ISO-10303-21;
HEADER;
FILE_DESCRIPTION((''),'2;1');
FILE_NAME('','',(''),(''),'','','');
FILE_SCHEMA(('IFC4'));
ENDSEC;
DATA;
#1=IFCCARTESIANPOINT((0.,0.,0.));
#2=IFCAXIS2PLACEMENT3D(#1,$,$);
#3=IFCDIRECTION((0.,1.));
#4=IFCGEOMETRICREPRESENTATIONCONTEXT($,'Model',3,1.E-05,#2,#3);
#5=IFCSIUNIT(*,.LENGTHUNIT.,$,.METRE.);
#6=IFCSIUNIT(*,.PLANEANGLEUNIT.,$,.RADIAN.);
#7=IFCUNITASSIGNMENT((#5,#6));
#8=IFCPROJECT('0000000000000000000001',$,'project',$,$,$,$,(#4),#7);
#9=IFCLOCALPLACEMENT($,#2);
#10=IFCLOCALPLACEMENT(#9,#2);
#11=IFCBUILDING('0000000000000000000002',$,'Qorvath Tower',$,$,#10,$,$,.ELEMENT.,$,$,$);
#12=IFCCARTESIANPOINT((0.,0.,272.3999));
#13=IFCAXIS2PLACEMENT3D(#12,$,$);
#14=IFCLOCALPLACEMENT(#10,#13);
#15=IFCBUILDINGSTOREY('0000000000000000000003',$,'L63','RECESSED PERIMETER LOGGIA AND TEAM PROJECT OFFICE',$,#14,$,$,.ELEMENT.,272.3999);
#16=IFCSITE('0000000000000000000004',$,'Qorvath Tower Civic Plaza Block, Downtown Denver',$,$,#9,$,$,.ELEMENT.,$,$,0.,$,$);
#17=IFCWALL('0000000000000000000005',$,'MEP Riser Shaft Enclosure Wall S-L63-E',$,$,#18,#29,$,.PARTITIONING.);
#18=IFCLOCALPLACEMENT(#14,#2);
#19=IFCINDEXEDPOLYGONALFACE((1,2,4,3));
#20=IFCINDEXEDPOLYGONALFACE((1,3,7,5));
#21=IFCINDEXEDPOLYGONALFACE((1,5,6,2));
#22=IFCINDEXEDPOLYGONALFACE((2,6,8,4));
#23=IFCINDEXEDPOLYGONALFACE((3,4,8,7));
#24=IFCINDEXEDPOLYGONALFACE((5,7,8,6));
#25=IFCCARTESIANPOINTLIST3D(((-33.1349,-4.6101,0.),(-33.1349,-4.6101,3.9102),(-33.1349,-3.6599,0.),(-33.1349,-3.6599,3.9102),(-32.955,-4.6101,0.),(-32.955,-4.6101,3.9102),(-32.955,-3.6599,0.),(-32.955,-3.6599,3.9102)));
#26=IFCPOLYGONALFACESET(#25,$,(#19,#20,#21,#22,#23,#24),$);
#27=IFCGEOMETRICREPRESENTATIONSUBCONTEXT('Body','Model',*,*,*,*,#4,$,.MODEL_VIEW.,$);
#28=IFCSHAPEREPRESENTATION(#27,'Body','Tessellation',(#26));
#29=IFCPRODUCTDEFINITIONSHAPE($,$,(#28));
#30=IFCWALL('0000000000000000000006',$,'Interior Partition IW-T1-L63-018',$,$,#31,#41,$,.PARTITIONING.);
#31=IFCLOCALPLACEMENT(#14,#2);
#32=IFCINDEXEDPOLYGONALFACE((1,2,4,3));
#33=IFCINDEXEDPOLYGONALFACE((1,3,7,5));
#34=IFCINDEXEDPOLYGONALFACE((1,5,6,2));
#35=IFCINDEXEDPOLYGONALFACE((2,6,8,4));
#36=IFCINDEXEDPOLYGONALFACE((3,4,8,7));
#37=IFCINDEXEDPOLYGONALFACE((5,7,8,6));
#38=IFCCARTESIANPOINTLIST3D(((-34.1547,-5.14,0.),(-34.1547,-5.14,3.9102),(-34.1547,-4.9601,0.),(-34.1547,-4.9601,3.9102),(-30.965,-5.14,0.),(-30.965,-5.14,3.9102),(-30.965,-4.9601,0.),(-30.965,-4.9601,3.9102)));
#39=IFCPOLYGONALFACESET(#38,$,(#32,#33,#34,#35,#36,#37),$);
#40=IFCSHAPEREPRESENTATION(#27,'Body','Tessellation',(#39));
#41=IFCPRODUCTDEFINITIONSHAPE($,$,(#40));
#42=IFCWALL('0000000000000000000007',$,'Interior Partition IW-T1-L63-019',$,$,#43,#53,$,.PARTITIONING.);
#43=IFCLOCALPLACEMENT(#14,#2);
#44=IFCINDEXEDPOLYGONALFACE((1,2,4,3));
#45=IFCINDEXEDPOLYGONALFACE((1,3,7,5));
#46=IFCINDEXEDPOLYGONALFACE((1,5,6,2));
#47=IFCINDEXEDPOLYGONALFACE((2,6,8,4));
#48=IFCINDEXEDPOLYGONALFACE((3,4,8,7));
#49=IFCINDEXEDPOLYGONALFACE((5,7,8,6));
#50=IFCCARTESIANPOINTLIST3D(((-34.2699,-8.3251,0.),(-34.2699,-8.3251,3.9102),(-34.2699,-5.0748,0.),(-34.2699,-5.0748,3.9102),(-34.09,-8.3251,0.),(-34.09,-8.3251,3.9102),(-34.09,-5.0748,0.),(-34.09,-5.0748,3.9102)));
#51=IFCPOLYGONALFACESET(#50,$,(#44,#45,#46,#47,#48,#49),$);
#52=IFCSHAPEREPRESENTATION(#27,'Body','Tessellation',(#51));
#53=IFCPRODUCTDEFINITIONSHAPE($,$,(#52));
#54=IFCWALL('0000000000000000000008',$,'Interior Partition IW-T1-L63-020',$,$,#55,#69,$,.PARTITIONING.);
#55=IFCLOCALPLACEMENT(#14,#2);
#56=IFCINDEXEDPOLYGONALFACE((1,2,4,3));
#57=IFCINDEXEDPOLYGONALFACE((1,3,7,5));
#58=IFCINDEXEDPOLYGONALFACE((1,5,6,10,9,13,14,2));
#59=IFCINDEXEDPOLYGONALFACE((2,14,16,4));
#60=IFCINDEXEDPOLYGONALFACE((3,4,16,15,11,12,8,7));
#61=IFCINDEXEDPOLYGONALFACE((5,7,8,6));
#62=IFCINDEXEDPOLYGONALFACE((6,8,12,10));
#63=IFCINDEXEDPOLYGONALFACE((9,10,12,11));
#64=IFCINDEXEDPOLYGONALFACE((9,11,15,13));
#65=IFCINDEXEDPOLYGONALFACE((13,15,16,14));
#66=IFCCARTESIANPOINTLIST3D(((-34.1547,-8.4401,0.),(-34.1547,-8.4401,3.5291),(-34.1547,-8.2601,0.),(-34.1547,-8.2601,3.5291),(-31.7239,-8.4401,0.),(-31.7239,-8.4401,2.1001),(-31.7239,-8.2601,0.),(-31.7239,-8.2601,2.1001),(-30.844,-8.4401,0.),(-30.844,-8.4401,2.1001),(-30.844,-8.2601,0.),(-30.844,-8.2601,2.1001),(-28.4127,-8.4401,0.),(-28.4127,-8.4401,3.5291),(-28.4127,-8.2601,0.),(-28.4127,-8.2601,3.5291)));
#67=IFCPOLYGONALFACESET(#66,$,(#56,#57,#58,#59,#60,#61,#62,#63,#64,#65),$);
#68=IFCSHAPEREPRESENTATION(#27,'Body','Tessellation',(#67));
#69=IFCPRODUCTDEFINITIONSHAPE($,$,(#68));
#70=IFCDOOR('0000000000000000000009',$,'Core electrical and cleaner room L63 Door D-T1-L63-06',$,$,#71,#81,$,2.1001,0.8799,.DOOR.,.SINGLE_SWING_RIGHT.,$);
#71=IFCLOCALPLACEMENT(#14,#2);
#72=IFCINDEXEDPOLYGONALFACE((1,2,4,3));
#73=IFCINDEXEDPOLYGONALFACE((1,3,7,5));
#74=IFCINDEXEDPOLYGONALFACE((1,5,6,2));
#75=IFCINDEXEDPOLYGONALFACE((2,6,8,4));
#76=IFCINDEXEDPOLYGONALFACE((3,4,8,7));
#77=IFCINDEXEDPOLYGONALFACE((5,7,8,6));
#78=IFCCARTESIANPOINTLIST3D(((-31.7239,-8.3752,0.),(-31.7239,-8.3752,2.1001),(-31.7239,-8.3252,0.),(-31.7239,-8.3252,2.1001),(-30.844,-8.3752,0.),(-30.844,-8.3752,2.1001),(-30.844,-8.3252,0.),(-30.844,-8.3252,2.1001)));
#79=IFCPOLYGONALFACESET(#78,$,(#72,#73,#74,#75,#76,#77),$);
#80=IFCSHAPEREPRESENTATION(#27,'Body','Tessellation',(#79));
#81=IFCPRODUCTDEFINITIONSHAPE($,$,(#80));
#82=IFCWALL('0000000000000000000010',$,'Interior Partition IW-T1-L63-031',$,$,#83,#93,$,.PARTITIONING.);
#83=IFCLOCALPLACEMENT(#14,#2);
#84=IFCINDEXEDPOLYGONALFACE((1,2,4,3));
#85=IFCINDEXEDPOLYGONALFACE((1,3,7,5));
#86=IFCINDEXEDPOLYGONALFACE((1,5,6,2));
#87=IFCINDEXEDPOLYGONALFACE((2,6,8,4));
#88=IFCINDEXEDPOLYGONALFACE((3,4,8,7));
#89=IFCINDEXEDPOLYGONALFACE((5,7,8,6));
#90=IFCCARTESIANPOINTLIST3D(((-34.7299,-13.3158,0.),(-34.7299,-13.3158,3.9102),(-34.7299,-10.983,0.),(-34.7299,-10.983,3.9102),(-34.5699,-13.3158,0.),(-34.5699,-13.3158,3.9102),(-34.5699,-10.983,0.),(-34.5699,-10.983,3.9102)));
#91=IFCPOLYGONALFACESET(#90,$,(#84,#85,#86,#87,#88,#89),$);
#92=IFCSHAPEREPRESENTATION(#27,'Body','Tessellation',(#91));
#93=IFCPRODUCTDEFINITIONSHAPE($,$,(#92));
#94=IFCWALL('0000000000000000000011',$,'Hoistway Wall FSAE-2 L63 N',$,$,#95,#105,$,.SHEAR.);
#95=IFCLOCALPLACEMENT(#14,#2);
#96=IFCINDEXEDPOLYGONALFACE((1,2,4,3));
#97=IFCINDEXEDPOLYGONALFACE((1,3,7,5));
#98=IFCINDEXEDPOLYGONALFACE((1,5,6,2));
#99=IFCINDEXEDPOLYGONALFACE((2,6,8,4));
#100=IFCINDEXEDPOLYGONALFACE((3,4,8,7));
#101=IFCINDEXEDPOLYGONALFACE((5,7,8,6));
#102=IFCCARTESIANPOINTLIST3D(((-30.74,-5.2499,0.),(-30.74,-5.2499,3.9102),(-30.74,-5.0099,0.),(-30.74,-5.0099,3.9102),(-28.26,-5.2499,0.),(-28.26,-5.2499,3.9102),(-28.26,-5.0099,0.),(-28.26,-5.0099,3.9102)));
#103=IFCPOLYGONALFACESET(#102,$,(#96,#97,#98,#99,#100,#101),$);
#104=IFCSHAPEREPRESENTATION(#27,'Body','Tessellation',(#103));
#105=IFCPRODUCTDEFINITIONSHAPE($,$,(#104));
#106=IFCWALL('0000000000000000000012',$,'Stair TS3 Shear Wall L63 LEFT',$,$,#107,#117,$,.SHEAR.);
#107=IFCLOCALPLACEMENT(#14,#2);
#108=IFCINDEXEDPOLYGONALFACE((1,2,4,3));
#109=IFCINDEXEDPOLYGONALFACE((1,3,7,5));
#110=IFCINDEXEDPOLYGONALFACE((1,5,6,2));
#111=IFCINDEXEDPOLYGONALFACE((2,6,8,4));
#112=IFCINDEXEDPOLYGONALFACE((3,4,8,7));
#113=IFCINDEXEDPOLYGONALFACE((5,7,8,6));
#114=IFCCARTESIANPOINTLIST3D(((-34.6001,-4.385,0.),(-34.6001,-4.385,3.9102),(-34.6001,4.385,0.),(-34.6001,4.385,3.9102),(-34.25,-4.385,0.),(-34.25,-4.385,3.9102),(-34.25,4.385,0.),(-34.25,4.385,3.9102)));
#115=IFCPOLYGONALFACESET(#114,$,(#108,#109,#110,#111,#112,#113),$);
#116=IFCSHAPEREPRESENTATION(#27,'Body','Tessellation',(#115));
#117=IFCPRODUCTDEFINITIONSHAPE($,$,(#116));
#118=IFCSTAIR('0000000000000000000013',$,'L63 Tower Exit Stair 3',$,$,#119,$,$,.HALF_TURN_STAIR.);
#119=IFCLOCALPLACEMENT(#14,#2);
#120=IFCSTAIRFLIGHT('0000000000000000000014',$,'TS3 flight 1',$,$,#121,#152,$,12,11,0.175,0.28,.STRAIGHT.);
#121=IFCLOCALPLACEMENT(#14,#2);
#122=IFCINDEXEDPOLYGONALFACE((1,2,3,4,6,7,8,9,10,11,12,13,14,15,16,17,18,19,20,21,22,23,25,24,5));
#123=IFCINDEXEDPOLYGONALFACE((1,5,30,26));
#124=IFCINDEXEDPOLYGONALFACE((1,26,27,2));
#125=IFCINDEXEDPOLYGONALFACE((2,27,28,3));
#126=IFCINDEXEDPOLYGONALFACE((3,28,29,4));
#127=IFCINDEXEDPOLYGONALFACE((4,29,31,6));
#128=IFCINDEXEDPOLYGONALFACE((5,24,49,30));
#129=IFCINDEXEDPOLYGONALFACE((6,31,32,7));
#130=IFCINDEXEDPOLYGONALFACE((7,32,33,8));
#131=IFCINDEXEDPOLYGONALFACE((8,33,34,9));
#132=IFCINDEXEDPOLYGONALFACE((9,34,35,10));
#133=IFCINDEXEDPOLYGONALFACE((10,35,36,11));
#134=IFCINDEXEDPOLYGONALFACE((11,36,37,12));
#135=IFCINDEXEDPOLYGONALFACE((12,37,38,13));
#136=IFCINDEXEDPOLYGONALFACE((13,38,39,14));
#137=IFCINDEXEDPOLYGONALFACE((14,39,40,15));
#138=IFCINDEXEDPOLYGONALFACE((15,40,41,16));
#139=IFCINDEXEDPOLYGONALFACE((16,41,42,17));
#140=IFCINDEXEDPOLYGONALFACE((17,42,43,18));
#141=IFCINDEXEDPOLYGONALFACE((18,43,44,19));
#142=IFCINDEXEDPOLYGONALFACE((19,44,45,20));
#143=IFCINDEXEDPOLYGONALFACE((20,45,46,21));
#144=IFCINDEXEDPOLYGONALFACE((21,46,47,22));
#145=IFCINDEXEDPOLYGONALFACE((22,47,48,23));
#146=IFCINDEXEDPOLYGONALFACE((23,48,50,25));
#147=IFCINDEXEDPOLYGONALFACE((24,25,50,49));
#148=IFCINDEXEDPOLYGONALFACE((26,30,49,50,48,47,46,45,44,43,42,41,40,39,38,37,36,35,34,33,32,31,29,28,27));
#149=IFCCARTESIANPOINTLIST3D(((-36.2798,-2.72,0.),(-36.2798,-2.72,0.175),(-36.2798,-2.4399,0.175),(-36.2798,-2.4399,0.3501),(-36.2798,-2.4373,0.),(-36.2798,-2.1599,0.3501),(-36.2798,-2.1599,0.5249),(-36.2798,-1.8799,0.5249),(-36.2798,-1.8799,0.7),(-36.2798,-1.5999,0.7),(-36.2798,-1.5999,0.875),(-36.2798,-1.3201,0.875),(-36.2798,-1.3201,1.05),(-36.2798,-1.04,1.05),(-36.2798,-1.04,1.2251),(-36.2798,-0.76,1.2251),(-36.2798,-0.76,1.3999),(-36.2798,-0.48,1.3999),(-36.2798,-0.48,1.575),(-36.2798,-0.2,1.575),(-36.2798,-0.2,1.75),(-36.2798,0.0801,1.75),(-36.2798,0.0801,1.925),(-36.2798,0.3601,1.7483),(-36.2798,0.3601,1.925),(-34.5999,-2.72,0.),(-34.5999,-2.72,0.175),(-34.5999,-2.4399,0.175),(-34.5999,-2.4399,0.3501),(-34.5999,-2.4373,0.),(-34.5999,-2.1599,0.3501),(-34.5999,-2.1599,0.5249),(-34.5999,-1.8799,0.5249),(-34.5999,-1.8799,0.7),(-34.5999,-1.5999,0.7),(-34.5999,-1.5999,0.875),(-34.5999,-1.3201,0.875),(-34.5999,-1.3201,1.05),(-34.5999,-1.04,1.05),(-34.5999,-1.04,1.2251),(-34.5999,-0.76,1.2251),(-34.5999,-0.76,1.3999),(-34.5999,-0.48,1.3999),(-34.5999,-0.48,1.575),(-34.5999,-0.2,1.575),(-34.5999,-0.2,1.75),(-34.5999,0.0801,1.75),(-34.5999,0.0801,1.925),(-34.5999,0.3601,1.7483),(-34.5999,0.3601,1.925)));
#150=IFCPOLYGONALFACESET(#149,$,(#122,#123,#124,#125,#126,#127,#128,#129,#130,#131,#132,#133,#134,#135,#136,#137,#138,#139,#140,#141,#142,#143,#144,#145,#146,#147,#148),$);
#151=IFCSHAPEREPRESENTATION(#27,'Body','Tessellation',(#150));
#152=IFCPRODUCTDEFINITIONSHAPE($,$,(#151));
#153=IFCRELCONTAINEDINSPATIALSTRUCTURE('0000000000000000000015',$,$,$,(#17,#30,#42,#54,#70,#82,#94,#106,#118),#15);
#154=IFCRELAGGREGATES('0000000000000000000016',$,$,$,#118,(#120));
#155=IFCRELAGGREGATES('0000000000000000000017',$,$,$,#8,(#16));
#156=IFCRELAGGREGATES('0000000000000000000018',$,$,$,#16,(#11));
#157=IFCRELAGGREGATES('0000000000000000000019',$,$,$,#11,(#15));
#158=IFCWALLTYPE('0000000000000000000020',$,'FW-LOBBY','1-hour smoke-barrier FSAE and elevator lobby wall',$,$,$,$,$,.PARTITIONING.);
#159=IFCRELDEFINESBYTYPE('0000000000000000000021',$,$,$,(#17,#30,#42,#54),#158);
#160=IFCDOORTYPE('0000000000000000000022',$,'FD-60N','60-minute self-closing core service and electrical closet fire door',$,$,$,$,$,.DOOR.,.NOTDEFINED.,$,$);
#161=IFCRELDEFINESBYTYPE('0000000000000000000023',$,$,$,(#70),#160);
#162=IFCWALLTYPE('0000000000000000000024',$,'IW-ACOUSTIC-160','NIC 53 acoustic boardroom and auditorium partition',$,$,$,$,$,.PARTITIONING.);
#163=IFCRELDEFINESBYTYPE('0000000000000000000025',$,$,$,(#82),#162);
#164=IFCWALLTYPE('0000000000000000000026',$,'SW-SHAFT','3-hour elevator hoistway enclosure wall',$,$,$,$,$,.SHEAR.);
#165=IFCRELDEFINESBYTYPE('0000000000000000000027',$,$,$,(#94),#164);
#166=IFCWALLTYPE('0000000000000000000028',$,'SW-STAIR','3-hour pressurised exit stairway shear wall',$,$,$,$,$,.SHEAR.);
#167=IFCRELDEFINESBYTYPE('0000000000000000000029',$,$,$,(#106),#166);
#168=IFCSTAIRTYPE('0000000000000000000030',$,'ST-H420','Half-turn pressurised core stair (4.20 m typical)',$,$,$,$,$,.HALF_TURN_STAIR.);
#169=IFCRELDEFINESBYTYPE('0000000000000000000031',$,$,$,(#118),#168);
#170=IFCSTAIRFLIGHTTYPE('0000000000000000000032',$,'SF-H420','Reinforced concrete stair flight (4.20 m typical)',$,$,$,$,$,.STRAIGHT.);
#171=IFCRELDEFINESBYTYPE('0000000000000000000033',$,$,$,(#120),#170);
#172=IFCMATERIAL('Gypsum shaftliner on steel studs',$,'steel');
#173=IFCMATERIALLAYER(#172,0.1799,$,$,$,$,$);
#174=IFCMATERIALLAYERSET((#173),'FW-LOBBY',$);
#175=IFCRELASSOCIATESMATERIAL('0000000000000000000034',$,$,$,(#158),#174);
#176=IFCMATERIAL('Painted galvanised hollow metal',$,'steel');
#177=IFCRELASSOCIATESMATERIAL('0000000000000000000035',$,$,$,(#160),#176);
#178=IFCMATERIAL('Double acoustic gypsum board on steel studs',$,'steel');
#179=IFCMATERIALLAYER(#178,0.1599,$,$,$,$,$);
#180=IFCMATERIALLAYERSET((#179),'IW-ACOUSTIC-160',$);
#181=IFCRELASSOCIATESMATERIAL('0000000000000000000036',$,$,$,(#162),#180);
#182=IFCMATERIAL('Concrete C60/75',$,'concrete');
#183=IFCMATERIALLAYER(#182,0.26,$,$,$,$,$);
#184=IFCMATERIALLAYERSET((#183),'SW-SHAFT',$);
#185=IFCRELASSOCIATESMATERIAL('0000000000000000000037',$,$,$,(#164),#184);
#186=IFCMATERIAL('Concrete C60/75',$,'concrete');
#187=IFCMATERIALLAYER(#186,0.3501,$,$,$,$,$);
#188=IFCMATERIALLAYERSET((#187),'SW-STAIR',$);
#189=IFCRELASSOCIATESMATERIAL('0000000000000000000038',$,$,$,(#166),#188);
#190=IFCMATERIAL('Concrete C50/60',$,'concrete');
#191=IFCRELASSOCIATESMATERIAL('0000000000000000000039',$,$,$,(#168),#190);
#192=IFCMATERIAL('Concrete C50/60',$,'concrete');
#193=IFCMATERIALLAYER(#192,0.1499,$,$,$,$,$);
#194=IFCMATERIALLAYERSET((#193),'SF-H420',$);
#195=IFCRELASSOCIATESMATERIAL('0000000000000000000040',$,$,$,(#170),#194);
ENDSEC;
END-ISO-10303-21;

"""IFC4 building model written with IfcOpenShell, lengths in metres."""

from ifc_helpers import new_model, si_unit, direction, frame, frame_2d, origin, place, context, subcontext, project, spatial, polyline, rectangle, outline, extrude, material, layer, layer_set, type_object, element, fill, aggregate, save


model = new_model("IFC4")

# Units and contexts
model_context = context("Model", 3, precision=1e-05, world=origin(), true_north=direction((0.0, 1.0)))
body_context = subcontext(model_context, "Body", "Model", "MODEL_VIEW")
ifc_project = project(units=[si_unit("LENGTHUNIT", "METRE"), si_unit("PLANEANGLEUNIT", "RADIAN")], contexts=[model_context])

# Site, building, storey
site_placement = place(None, origin())
site = spatial("IfcSite", under=ifc_project, at=site_placement, Name="Qorvath Tower Civic Plaza Block, Downtown Denver", CompositionType="ELEMENT", RefElevation=0.0)
building_placement = place(site_placement, origin())
building = spatial("IfcBuilding", under=site, at=building_placement, Name="Qorvath Tower", CompositionType="ELEMENT")
storey_placement = place(building_placement, frame((0.0, 0.0, 272.3999)))
storey = spatial("IfcBuildingStorey", under=building, at=storey_placement, Name="L63", Description="RECESSED PERIMETER LOGGIA AND TEAM PROJECT OFFICE", CompositionType="ELEMENT", Elevation=272.3999)

# Walls
ifc_material_1 = material(Name="Gypsum shaftliner on steel studs", Category="steel")
ifc_layer_1 = layer(ifc_material_1, 0.1799)
ifc_layer_set_1 = layer_set([ifc_layer_1], Name="FW-LOBBY")
wall_type_1 = type_object("IfcWallType", Name="FW-LOBBY", Description="1-hour smoke-barrier FSAE and elevator lobby wall", PredefinedType="PARTITIONING", material=ifc_layer_set_1)
for number, where, z_axis, x_axis, name in (
    (1, (-33.0449, -3.6599, 0.0), (0.0, 0.0, 1.0), (0.0, -1.0, 0.0), "MEP Riser Shaft Enclosure Wall S-L63-E"),
):
    element("IfcWall", number, at=place(storey_placement, frame(where, z_axis=z_axis, x_axis=x_axis)), inside=storey, type_object=wall_type_1, Name=name, PredefinedType="PARTITIONING", context=body_context, shape_type="SweptSolid", body=[
        extrude(rectangle(XDim=0.9502, YDim=0.1799, at=frame_2d((0.4751, 0.0))), origin(), (0.0, 0.0, 1.0), 3.9102),
    ])
wall_1_placement = place(storey_placement, frame((-30.9651, -5.05, 0.0), z_axis=(0.0, 0.0, 1.0), x_axis=(-1.0, 0.0, 0.0)))
element("IfcWall", 2, at=wall_1_placement, inside=storey, type_object=wall_type_1, Name="Interior Partition IW-T1-L63-018", PredefinedType="PARTITIONING", context=body_context, shape_type="SweptSolid", body=[
    extrude(rectangle(XDim=3.1897, YDim=0.1799, at=frame_2d((1.5947, 0.0))), origin(), (0.0, 0.0, 1.0), 3.9102),
])
wall_2_placement = place(storey_placement, frame((-34.1799, -5.075, 0.0), z_axis=(0.0, 0.0, 1.0), x_axis=(0.0, -1.0, 0.0)))
element("IfcWall", 3, at=wall_2_placement, inside=storey, type_object=wall_type_1, Name="Interior Partition IW-T1-L63-019", PredefinedType="PARTITIONING", context=body_context, shape_type="SweptSolid", body=[
    extrude(rectangle(XDim=3.2502, YDim=0.1799, at=frame_2d((1.625, 0.0))), origin(), (0.0, 0.0, 1.0), 3.9102),
])

# Wall, opening, door
wall_3_placement = place(storey_placement, frame((-34.1548, -8.3501, 0.0), z_axis=(0.0, 0.0, 1.0), x_axis=(1.0, 0.0, 0.0)))
wall_3 = element("IfcWall", 4, at=wall_3_placement, inside=storey, type_object=wall_type_1, Name="Interior Partition IW-T1-L63-020", PredefinedType="PARTITIONING", context=body_context, shape_type="SweptSolid", body=[
    extrude(rectangle(XDim=5.7419, YDim=0.1799, at=frame_2d((2.8711, 0.0))), origin(), (0.0, 0.0, 1.0), 3.5291),
])
opening_placement = place(wall_3_placement, frame((2.4309, 0.0, 0.0)))
opening = element("IfcOpeningElement", 5, at=opening_placement, cuts=wall_3, PredefinedType="OPENING", context=body_context, shape_type="SweptSolid", body=[
    extrude(rectangle(XDim=0.8799, YDim=2.1001, at=frame_2d((0.4399, 1.05))), frame((0.0, 0.1001, 0.0), z_axis=(0.0, -1.0, 0.0), x_axis=(1.0, 0.0, 0.0)), (0.0, 0.0, 1.0), 0.2),
])
ifc_material_2 = material(Name="Painted galvanised hollow metal", Category="steel")
door_type = type_object("IfcDoorType", Name="FD-60N", Description="60-minute self-closing core service and electrical closet fire door", OperationType="NOTDEFINED", PredefinedType="DOOR", material=ifc_material_2)
door_placement = place(opening_placement, origin())
door = element("IfcDoor", 6, at=door_placement, inside=storey, type_object=door_type, Name="Core electrical and cleaner room L63 Door D-T1-L63-06", OperationType="SINGLE_SWING_RIGHT", OverallHeight=2.1001, OverallWidth=0.8799, PredefinedType="DOOR", context=body_context, shape_type="SweptSolid", body=[
    extrude(rectangle(XDim=0.8799, YDim=2.1001, at=frame_2d((0.4399, 1.05))), frame((0.0, 0.0249, 0.0), z_axis=(0.0, -1.0, 0.0), x_axis=(1.0, 0.0, 0.0)), (0.0, 0.0, 1.0), 0.05),
])
fill(opening, door)

# Walls
ifc_material_3 = material(Name="Double acoustic gypsum board on steel studs", Category="steel")
ifc_layer_2 = layer(ifc_material_3, 0.1599)
ifc_layer_set_2 = layer_set([ifc_layer_2], Name="IW-ACOUSTIC-160")
wall_type_2 = type_object("IfcWallType", Name="IW-ACOUSTIC-160", Description="NIC 53 acoustic boardroom and auditorium partition", PredefinedType="PARTITIONING", material=ifc_layer_set_2)
wall_4_placement = place(storey_placement, frame((-34.6499, -10.9829, 0.0), z_axis=(0.0, 0.0, 1.0), x_axis=(0.0, -1.0, 0.0)))
element("IfcWall", 7, at=wall_4_placement, inside=storey, type_object=wall_type_2, Name="Interior Partition IW-T1-L63-031", PredefinedType="PARTITIONING", context=body_context, shape_type="SweptSolid", body=[
    extrude(rectangle(XDim=2.3328, YDim=0.1599, at=frame_2d((1.1665, 0.0))), origin(), (0.0, 0.0, 1.0), 3.9102),
])
ifc_material_4 = material(Name="Concrete C60/75", Category="concrete")
ifc_layer_3 = layer(ifc_material_4, 0.26)
ifc_layer_set_3 = layer_set([ifc_layer_3], Name="SW-SHAFT")
wall_type_3 = type_object("IfcWallType", Name="SW-SHAFT", Description="3-hour elevator hoistway enclosure wall", PredefinedType="SHEAR", material=ifc_layer_set_3)
wall_5_placement = place(storey_placement, frame((-30.74, -5.1299, 0.0), z_axis=(0.0, 0.0, 1.0), x_axis=(1.0, 0.0, 0.0)))
element("IfcWall", 8, at=wall_5_placement, inside=storey, type_object=wall_type_3, Name="Hoistway Wall FSAE-2 L63 N", PredefinedType="SHEAR", context=body_context, shape_type="SweptSolid", body=[
    extrude(rectangle(XDim=2.48, YDim=0.24, at=frame_2d((1.24, 0.0))), origin(), (0.0, 0.0, 1.0), 3.9102),
])
ifc_material_5 = material(Name="Concrete C60/75", Category="concrete")
ifc_layer_4 = layer(ifc_material_5, 0.3501)
ifc_layer_set_4 = layer_set([ifc_layer_4], Name="SW-STAIR")
wall_type_4 = type_object("IfcWallType", Name="SW-STAIR", Description="3-hour pressurised exit stairway shear wall", PredefinedType="SHEAR", material=ifc_layer_set_4)
wall_6_placement = place(storey_placement, frame((-34.425, -4.385, 0.0), z_axis=(0.0, 0.0, 1.0), x_axis=(0.0, 1.0, 0.0)))
element("IfcWall", 9, at=wall_6_placement, inside=storey, type_object=wall_type_4, Name="Stair TS3 Shear Wall L63 LEFT", PredefinedType="SHEAR", context=body_context, shape_type="SweptSolid", body=[
    extrude(rectangle(XDim=8.77, YDim=0.3501, at=frame_2d((4.385, 0.0))), origin(), (0.0, 0.0, 1.0), 3.9102),
])

# Stair, stair flight
ifc_material_6 = material(Name="Concrete C50/60", Category="concrete")
stair_type = type_object("IfcStairType", Name="ST-H420", Description="Half-turn pressurised core stair (4.20 m typical)", PredefinedType="HALF_TURN_STAIR", material=ifc_material_6)
stair_placement = place(storey_placement, origin())
stair = element("IfcStair", 10, at=stair_placement, inside=storey, type_object=stair_type, Name="L63 Tower Exit Stair 3", PredefinedType="HALF_TURN_STAIR")
ifc_material_7 = material(Name="Concrete C50/60", Category="concrete")
ifc_layer_5 = layer(ifc_material_7, 0.1499)
ifc_layer_set_5 = layer_set([ifc_layer_5], Name="SF-H420")
stair_flight_type = type_object("IfcStairFlightType", Name="SF-H420", Description="Reinforced concrete stair flight (4.20 m typical)", PredefinedType="STRAIGHT", material=ifc_layer_set_5)
stair_flight_placement = place(storey_placement, frame((-35.4399, -2.72, 0.0), z_axis=(0.0, 0.0, 1.0), x_axis=(0.0, 1.0, 0.0)))
stair_flight = element("IfcStairFlight", 11, at=stair_flight_placement, type_object=stair_flight_type, Name="TS3 flight 1", NumberOfRisers=12, NumberOfTreads=11, PredefinedType="STRAIGHT", RiserHeight=0.175, TreadLength=0.28, context=body_context, shape_type="SweptSolid", body=[
    extrude(outline(polyline([(0.0, 0.0), (0.0, 0.175), (0.28, 0.175), (0.28, 0.3501), (0.5601, 0.3501), (0.5601, 0.5249), (0.8401, 0.5249), (0.8401, 0.7), (1.1201, 0.7), (1.1201, 0.875), (1.3999, 0.875), (1.3999, 1.05), (1.6799, 1.05), (1.6799, 1.2251), (1.96, 1.2251), (1.96, 1.3999), (2.24, 1.3999), (2.24, 1.575), (2.52, 1.575), (2.52, 1.75), (2.8, 1.75), (2.8, 1.925), (3.0801, 1.925), (3.0801, 2.1001), (3.0801, 1.7483), (0.2827, 0.0), (0.0, 0.0)])), frame((0.0, 0.8398, 0.0), z_axis=(0.0, -1.0, 0.0), x_axis=(1.0, 0.0, 0.0)), (0.0, 0.0, 1.0), 1.6799),
])
aggregate(stair, [stair_flight])

save(model, "model.ifc")
